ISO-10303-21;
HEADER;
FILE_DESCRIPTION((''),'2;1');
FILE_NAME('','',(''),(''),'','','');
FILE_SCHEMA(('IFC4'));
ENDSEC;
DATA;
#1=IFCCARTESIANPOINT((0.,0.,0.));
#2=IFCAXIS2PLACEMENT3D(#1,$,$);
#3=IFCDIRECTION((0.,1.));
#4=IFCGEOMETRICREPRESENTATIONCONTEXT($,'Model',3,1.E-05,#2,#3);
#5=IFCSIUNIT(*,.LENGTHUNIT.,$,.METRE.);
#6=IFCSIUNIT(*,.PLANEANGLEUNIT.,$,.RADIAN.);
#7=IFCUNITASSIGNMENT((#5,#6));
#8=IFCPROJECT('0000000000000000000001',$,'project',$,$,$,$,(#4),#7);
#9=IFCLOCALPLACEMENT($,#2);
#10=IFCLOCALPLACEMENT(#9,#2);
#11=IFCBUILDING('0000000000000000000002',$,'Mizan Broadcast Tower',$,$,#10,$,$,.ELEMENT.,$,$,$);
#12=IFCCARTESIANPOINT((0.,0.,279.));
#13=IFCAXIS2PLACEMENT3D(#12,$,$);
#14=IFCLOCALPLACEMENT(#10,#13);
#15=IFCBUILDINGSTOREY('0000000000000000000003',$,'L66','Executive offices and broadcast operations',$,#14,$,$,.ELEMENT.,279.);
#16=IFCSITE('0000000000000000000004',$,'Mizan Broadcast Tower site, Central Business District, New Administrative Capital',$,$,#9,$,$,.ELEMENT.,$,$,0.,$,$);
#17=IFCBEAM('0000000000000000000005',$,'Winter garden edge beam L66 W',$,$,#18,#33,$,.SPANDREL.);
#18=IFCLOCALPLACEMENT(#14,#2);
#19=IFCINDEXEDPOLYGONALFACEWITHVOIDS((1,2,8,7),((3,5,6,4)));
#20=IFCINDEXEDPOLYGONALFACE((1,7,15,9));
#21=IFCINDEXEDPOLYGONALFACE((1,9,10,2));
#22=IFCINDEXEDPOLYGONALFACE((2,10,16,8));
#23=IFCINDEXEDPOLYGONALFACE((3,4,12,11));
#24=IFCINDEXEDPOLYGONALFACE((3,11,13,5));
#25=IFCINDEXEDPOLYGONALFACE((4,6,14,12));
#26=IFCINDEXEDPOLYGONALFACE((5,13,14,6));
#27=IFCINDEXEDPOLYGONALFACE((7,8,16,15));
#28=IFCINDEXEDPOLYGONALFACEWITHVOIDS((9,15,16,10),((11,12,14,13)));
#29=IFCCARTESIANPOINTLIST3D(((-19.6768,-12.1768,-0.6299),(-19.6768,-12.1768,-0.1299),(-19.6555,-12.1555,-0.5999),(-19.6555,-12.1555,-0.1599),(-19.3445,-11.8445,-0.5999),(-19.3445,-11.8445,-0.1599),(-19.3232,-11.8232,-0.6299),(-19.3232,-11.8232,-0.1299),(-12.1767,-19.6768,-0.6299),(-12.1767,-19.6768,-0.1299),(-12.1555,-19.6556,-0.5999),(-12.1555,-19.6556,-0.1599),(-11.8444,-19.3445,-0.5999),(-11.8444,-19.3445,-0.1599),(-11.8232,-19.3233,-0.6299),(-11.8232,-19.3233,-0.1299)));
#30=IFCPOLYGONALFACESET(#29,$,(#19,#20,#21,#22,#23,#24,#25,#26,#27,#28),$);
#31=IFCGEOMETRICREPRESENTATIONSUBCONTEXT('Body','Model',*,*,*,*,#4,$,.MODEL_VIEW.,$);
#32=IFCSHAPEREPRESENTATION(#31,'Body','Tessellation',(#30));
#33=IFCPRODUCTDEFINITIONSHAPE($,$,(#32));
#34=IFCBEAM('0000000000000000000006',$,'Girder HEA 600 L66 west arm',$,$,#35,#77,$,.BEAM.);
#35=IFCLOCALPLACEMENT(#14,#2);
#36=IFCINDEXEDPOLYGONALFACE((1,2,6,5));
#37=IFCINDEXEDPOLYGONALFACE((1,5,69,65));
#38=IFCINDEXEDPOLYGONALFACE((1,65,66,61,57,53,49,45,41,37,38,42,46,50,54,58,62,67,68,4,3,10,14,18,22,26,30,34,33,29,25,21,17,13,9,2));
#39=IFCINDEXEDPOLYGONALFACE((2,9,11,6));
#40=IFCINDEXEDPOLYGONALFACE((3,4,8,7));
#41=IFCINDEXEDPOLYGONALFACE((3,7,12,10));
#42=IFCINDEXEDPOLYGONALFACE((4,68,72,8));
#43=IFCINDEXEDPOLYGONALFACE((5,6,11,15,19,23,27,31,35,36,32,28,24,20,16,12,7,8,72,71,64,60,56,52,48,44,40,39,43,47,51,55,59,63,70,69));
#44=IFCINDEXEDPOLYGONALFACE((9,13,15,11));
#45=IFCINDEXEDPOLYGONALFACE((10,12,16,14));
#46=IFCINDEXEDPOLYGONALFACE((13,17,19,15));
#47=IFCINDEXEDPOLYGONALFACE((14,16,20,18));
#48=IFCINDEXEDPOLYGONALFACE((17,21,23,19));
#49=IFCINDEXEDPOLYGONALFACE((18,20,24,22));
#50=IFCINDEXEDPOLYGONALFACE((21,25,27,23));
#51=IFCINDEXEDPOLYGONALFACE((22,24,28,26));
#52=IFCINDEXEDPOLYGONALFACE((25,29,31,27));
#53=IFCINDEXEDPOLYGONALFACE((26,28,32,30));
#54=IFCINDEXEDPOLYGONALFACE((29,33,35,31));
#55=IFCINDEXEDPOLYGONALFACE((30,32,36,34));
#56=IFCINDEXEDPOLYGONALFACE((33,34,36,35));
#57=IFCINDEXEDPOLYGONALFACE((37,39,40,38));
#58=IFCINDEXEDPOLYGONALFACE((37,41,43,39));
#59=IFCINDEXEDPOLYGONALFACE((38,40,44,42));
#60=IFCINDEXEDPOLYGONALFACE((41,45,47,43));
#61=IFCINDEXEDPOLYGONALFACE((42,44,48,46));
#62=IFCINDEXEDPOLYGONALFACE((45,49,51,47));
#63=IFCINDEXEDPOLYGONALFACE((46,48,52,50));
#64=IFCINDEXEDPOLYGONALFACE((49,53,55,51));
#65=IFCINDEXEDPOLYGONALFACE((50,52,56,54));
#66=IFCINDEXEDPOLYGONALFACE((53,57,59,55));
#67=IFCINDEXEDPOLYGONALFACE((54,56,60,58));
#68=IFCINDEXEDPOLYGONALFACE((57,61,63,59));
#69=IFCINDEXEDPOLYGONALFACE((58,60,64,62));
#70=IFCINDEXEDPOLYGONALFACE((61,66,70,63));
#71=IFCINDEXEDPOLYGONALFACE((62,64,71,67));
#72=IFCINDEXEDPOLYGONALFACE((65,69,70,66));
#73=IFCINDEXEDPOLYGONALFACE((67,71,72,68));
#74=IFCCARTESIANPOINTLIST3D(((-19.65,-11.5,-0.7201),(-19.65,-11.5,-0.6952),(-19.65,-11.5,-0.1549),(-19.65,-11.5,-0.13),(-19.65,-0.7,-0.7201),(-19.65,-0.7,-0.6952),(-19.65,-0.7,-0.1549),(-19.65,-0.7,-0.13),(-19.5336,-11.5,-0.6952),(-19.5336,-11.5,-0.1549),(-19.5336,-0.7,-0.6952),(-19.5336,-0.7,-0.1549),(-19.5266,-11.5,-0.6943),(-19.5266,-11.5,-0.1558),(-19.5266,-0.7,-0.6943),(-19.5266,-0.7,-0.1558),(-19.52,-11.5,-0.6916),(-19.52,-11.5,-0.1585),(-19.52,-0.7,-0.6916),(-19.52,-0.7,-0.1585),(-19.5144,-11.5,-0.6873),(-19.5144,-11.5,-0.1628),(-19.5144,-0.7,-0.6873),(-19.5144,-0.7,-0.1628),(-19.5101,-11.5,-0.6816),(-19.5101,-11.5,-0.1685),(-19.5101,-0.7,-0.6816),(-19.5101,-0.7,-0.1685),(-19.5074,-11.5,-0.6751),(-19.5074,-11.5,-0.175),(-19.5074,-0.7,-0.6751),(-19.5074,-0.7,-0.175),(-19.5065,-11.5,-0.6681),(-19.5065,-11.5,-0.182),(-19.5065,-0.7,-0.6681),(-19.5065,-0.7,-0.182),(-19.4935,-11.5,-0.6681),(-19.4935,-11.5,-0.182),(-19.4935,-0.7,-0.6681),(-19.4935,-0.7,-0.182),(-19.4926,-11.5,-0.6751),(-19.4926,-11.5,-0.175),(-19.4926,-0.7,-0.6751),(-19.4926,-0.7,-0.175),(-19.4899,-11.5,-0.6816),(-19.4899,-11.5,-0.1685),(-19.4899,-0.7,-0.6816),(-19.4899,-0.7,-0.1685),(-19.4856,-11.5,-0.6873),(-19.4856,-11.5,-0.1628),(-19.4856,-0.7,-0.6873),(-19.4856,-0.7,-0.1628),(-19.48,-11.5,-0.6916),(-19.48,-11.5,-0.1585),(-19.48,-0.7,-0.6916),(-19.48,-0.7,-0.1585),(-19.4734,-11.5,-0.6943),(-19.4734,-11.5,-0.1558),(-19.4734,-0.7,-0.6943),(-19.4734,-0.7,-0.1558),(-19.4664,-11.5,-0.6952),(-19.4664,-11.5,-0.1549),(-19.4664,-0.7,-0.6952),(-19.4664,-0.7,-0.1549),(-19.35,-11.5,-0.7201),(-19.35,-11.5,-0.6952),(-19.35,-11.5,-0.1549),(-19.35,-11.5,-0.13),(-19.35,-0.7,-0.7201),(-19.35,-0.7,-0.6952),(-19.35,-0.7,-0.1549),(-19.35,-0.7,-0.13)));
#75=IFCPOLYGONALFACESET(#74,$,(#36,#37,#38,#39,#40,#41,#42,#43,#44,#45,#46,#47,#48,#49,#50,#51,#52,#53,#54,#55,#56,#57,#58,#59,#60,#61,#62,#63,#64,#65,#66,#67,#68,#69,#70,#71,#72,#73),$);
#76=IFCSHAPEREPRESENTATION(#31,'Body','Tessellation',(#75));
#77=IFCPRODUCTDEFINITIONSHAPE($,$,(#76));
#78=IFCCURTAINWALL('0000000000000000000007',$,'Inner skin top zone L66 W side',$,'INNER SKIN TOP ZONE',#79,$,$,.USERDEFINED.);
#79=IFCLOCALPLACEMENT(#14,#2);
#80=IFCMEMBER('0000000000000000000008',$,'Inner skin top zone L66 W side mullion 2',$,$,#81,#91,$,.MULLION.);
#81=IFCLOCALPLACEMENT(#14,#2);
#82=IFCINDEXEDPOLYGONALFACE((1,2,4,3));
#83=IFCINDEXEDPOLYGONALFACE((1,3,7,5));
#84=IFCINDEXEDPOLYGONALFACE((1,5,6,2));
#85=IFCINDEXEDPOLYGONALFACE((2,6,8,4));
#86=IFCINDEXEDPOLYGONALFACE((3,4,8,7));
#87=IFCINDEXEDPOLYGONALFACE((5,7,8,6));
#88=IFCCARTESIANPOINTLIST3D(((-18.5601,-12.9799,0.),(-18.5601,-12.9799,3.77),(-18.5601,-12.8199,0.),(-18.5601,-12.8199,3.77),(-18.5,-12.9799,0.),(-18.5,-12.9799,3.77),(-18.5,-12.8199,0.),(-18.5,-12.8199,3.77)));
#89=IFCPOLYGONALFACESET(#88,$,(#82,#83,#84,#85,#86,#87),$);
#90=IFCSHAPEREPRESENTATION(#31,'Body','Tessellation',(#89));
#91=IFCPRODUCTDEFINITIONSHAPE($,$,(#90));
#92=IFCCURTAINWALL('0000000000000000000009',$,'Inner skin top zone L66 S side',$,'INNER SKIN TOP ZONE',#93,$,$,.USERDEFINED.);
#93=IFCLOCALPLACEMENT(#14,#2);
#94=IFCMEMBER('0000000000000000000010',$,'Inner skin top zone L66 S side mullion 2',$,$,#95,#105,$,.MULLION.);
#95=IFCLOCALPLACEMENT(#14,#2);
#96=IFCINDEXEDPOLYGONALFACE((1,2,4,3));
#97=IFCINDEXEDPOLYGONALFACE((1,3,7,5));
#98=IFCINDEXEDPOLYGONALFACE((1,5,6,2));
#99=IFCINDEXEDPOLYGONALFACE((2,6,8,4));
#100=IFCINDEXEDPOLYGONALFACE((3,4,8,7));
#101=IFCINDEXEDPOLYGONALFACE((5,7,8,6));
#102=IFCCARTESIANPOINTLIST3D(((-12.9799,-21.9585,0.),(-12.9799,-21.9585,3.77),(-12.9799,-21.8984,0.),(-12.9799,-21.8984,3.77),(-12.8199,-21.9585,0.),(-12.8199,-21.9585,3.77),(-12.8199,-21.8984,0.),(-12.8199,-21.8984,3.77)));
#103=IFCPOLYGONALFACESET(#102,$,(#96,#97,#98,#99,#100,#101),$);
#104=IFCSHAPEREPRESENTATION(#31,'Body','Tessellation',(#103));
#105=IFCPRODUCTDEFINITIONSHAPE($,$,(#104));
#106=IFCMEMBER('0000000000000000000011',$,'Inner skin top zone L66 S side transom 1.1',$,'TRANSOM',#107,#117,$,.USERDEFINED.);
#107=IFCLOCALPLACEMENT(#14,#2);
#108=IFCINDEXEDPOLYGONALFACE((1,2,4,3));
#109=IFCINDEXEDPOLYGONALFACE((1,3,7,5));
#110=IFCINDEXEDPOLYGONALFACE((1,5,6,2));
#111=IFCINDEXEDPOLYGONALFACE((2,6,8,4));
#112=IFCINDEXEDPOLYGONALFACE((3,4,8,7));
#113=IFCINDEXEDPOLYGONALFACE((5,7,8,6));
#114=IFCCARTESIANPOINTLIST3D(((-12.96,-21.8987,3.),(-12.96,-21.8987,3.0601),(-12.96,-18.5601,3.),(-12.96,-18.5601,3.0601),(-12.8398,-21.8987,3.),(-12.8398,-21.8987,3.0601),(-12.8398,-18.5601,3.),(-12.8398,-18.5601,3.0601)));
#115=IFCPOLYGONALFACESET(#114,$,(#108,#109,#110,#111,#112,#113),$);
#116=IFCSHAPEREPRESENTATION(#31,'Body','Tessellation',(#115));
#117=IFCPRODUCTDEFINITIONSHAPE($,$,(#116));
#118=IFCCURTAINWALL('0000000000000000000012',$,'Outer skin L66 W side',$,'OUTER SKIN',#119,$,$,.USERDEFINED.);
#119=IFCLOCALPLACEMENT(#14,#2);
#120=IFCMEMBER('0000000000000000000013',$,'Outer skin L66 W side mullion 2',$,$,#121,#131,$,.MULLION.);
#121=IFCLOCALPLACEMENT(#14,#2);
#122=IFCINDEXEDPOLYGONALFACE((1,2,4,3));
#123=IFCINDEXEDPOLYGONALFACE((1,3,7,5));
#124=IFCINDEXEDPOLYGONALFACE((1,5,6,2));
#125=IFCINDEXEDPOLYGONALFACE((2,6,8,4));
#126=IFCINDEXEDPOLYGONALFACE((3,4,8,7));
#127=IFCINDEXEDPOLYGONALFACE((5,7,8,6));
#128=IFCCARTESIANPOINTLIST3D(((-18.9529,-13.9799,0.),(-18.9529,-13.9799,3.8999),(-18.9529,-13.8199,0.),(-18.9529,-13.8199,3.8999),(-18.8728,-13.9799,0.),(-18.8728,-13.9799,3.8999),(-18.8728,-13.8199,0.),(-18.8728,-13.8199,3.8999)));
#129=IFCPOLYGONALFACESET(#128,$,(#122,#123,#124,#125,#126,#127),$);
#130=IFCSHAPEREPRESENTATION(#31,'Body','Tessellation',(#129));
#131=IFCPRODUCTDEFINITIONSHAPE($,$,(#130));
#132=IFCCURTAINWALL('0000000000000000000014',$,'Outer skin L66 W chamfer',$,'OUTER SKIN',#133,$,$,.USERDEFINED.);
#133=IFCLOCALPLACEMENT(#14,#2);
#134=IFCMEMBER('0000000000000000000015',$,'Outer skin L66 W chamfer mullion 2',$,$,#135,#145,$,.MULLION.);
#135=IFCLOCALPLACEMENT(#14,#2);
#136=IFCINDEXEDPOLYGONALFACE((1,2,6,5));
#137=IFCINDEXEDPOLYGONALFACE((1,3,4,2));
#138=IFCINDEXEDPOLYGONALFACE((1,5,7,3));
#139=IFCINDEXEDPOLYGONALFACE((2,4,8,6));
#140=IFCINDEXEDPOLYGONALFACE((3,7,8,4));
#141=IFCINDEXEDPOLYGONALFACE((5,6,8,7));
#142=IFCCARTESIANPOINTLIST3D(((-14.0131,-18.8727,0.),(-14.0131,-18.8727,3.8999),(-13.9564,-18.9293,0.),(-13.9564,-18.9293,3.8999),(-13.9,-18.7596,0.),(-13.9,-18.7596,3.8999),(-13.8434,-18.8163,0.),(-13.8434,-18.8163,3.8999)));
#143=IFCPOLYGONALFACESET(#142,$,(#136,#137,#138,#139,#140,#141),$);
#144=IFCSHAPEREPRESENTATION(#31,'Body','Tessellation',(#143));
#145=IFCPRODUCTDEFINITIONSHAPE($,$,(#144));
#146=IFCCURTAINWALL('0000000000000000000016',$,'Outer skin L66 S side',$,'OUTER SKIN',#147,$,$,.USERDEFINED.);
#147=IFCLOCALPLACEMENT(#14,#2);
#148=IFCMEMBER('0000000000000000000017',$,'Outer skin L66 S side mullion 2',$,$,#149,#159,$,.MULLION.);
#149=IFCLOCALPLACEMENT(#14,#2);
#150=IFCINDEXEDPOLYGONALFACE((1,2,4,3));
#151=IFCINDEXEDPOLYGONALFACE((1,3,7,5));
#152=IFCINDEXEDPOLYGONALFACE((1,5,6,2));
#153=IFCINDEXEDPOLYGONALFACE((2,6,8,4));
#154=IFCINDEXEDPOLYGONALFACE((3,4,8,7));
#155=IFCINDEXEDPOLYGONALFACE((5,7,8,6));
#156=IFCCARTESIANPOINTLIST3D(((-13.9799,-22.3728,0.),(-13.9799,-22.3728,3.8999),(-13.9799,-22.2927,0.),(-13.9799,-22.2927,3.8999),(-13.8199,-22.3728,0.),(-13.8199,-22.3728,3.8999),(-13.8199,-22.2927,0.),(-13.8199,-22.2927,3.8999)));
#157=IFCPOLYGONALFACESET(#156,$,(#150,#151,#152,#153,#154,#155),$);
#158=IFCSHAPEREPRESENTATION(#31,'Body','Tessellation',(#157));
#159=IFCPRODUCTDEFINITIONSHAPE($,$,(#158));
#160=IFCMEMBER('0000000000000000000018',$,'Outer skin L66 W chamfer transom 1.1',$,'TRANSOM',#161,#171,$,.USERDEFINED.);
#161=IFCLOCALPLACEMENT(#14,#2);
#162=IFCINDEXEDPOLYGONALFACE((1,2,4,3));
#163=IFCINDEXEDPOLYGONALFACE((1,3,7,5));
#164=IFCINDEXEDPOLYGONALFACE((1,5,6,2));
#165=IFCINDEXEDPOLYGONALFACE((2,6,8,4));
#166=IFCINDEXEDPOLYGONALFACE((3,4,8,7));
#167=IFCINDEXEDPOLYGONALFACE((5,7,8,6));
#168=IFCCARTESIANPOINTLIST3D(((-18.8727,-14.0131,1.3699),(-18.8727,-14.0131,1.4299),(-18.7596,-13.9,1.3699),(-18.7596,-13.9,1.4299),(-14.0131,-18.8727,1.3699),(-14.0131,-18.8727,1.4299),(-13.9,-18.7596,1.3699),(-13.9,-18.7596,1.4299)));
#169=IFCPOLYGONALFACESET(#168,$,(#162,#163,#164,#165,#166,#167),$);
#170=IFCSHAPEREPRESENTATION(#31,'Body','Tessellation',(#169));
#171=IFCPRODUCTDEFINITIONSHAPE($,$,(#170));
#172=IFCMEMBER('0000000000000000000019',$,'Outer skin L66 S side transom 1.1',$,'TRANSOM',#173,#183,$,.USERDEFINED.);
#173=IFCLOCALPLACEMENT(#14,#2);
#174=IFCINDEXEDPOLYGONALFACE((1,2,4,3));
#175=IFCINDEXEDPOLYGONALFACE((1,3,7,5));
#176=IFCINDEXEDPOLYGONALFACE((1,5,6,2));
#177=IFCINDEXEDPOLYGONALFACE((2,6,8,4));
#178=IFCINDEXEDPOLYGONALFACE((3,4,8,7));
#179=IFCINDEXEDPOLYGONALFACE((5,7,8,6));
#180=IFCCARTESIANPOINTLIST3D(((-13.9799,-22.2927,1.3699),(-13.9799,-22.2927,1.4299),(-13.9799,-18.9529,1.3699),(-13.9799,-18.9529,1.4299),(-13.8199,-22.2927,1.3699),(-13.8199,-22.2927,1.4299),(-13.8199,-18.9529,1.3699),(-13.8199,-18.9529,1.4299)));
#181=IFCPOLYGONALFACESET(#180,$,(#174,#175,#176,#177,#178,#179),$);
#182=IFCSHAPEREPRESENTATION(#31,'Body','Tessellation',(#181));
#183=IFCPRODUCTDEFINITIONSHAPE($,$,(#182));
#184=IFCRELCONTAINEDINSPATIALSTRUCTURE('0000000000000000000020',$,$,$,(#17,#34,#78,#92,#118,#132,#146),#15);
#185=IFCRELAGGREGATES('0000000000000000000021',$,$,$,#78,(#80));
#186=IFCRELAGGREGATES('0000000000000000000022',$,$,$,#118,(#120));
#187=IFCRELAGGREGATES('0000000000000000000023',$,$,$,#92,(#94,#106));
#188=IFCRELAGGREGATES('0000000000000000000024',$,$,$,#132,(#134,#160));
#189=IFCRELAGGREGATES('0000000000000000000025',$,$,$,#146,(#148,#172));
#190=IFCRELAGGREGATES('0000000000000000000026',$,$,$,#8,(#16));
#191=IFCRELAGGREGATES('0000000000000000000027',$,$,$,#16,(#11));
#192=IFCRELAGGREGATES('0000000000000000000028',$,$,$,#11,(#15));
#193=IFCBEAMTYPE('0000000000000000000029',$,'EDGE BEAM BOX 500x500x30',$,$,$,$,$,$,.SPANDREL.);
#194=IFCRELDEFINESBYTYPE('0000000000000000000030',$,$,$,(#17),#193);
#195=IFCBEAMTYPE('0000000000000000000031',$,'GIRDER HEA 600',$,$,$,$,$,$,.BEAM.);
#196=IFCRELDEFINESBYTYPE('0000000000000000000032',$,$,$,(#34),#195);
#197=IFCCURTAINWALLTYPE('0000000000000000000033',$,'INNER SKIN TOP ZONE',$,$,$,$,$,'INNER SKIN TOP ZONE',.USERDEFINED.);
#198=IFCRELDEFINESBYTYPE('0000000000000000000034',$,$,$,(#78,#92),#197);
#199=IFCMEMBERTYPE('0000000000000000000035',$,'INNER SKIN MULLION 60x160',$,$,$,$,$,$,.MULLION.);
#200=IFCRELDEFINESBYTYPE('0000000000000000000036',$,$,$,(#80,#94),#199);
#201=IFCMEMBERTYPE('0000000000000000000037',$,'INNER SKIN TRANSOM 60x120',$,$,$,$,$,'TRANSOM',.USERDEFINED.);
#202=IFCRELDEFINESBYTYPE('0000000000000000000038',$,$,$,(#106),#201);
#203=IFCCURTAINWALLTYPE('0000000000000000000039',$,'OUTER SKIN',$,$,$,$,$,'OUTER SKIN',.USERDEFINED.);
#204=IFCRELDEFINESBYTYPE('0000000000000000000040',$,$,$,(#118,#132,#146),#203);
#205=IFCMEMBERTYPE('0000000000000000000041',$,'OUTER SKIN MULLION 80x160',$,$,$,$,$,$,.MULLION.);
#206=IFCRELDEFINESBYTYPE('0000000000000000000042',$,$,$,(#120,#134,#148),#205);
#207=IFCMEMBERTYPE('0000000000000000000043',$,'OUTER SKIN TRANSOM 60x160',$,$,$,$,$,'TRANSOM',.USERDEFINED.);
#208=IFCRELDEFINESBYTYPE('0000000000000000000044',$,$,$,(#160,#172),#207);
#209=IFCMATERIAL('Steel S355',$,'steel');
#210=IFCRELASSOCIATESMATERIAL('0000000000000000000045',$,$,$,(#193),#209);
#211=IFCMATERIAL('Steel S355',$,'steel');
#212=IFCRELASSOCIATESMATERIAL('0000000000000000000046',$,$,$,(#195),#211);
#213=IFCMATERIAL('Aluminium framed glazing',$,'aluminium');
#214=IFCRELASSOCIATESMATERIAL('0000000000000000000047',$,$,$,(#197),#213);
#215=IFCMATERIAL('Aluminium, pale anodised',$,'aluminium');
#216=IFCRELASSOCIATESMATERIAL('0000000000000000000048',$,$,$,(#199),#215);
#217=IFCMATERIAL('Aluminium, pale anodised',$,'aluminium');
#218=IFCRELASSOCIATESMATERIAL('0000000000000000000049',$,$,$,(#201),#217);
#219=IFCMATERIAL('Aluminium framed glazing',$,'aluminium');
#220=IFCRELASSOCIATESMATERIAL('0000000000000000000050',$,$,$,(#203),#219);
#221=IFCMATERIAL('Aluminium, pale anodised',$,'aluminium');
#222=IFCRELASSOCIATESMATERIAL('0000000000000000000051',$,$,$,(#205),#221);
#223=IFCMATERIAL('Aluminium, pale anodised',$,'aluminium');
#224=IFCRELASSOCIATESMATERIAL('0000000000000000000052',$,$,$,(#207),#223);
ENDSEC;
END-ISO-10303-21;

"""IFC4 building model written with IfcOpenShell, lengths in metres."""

from ifc_helpers import new_model, si_unit, direction, frame, origin, origin_2d, place, context, subcontext, project, spatial, rectangle, hollow_rectangle, i_section, extrude, material, material_profile, profile_set, type_object, element, aggregate, save


model = new_model("IFC4")

# Units and contexts
model_context = context("Model", 3, precision=1e-05, world=origin(), true_north=direction((0.0, 1.0)))
body_context = subcontext(model_context, "Body", "Model", "MODEL_VIEW")
ifc_project = project(units=[si_unit("LENGTHUNIT", "METRE"), si_unit("PLANEANGLEUNIT", "RADIAN")], contexts=[model_context])

# Site, building, storey
site_placement = place(None, origin())
site = spatial("IfcSite", under=ifc_project, at=site_placement, Name="Mizan Broadcast Tower site, Central Business District, New Administrative Capital", CompositionType="ELEMENT", RefElevation=0.0)
building_placement = place(site_placement, origin())
building = spatial("IfcBuilding", under=site, at=building_placement, Name="Mizan Broadcast Tower", CompositionType="ELEMENT")
storey_placement = place(building_placement, frame((0.0, 0.0, 279.0)))
storey = spatial("IfcBuildingStorey", under=building, at=storey_placement, Name="L66", Description="Executive offices and broadcast operations", CompositionType="ELEMENT", Elevation=279.0)

# Beams
ifc_material_1 = material(Name="Steel S355", Category="steel")
ifc_material_profile_1 = material_profile(ifc_material_1, hollow_rectangle(XDim=0.5, YDim=0.5, WallThickness=0.03, at=origin_2d()), Name="BOX 500x500x30")
ifc_profile_set_1 = profile_set([ifc_material_profile_1], Name="Steel S355")
beam_type_1 = type_object("IfcBeamType", Name="EDGE BEAM BOX 500x500x30", PredefinedType="SPANDREL", material=ifc_profile_set_1)
beam_1_placement = place(storey_placement, frame((-19.5, -12.0, -0.3799), z_axis=(0.707107, -0.707107, 0.0), x_axis=(0.707107, 0.707107, 0.0)))
element("IfcBeam", 1, at=beam_1_placement, inside=storey, type_object=beam_type_1, Name="Winter garden edge beam L66 W", PredefinedType="SPANDREL", context=body_context, shape_type="SweptSolid", body=[
    extrude(hollow_rectangle(XDim=0.5, YDim=0.5, WallThickness=0.03, at=origin_2d()), origin(), (0.0, 0.0, 1.0), 10.6067),
])
ifc_material_2 = material(Name="Steel S355", Category="steel")
ifc_material_profile_2 = material_profile(ifc_material_2, i_section(OverallWidth=0.3, OverallDepth=0.5901, WebThickness=0.0129, FlangeThickness=0.0249, FilletRadius=0.0271, at=origin_2d()), Name="HEA 600")
ifc_profile_set_2 = profile_set([ifc_material_profile_2], Name="Steel S355")
beam_type_2 = type_object("IfcBeamType", Name="GIRDER HEA 600", PredefinedType="BEAM", material=ifc_profile_set_2)
beam_2_placement = place(storey_placement, frame((-19.5, -11.5, -0.425), z_axis=(0.0, 1.0, 0.0), x_axis=(-1.0, 0.0, 0.0)))
element("IfcBeam", 2, at=beam_2_placement, inside=storey, type_object=beam_type_2, Name="Girder HEA 600 L66 west arm", PredefinedType="BEAM", context=body_context, shape_type="SweptSolid", body=[
    extrude(i_section(OverallWidth=0.3, OverallDepth=0.5901, WebThickness=0.0129, FlangeThickness=0.0249, FilletRadius=0.0271, at=origin_2d()), origin(), (0.0, 0.0, 1.0), 10.8),
])

# Curtain wall, member
ifc_material_3 = material(Name="Aluminium framed glazing", Category="aluminium")
curtain_wall_type_1 = type_object("IfcCurtainWallType", Name="INNER SKIN TOP ZONE", ElementType="INNER SKIN TOP ZONE", PredefinedType="USERDEFINED", material=ifc_material_3)
curtain_wall_1_placement = place(storey_placement, origin())
curtain_wall_1 = element("IfcCurtainWall", 3, at=curtain_wall_1_placement, inside=storey, type_object=curtain_wall_type_1, Name="Inner skin top zone L66 W side", ObjectType="INNER SKIN TOP ZONE", PredefinedType="USERDEFINED")
ifc_material_4 = material(Name="Aluminium, pale anodised", Category="aluminium")
ifc_material_profile_3 = material_profile(ifc_material_4, rectangle(XDim=0.1599, YDim=0.0601, at=origin_2d()), Name="MULLION 160x60")
ifc_profile_set_3 = profile_set([ifc_material_profile_3], Name="Aluminium, pale anodised")
member_type_1 = type_object("IfcMemberType", Name="INNER SKIN MULLION 60x160", PredefinedType="MULLION", material=ifc_profile_set_3)
member_1_placement = place(storey_placement, frame((-18.53, -12.8999, 0.0), z_axis=(0.0, 0.0, 1.0), x_axis=(0.0, 1.0, 0.0)))
member_1 = element("IfcMember", 4, at=member_1_placement, type_object=member_type_1, Name="Inner skin top zone L66 W side mullion 2", PredefinedType="MULLION", context=body_context, shape_type="SweptSolid", body=[
    extrude(rectangle(XDim=0.1599, YDim=0.0601, at=origin_2d()), origin(), (0.0, 0.0, 1.0), 3.77),
])
aggregate(curtain_wall_1, [member_1])

# Curtain wall, members
curtain_wall_2_placement = place(storey_placement, origin())
curtain_wall_2 = element("IfcCurtainWall", 5, at=curtain_wall_2_placement, inside=storey, type_object=curtain_wall_type_1, Name="Inner skin top zone L66 S side", ObjectType="INNER SKIN TOP ZONE", PredefinedType="USERDEFINED")
member_2_placement = place(storey_placement, frame((-12.8999, -21.9285, 0.0), z_axis=(0.0, 0.0, 1.0), x_axis=(1.0, 0.0, 0.0)))
member_2 = element("IfcMember", 6, at=member_2_placement, type_object=member_type_1, Name="Inner skin top zone L66 S side mullion 2", PredefinedType="MULLION", context=body_context, shape_type="SweptSolid", body=[
    extrude(rectangle(XDim=0.1599, YDim=0.0601, at=origin_2d()), origin(), (0.0, 0.0, 1.0), 3.77),
])
ifc_material_5 = material(Name="Aluminium, pale anodised", Category="aluminium")
ifc_material_profile_4 = material_profile(ifc_material_5, rectangle(XDim=0.1201, YDim=0.0601, at=origin_2d()), Name="TRANSOM 120x60")
ifc_profile_set_4 = profile_set([ifc_material_profile_4], Name="Aluminium, pale anodised")
member_type_2 = type_object("IfcMemberType", Name="INNER SKIN TRANSOM 60x120", ElementType="TRANSOM", PredefinedType="USERDEFINED", material=ifc_profile_set_4)
member_3_placement = place(storey_placement, frame((-12.8999, -18.5601, 3.03), z_axis=(0.0, -1.0, 0.0), x_axis=(1.0, 0.0, 0.0)))
member_3 = element("IfcMember", 7, at=member_3_placement, type_object=member_type_2, Name="Inner skin top zone L66 S side transom 1.1", ObjectType="TRANSOM", PredefinedType="USERDEFINED", context=body_context, shape_type="SweptSolid", body=[
    extrude(rectangle(XDim=0.1201, YDim=0.0601, at=origin_2d()), origin(), (0.0, 0.0, 1.0), 3.3386),
])

# Curtain walls, members
ifc_material_6 = material(Name="Aluminium framed glazing", Category="aluminium")
curtain_wall_type_2 = type_object("IfcCurtainWallType", Name="OUTER SKIN", ElementType="OUTER SKIN", PredefinedType="USERDEFINED", material=ifc_material_6)
curtain_wall_3_placement = place(storey_placement, origin())
curtain_wall_3 = element("IfcCurtainWall", 8, at=curtain_wall_3_placement, inside=storey, type_object=curtain_wall_type_2, Name="Outer skin L66 W side", ObjectType="OUTER SKIN", PredefinedType="USERDEFINED")
ifc_material_7 = material(Name="Aluminium, pale anodised", Category="aluminium")
ifc_material_profile_5 = material_profile(ifc_material_7, rectangle(XDim=0.1599, YDim=0.0801, at=origin_2d()), Name="MULLION 160x80")
ifc_profile_set_5 = profile_set([ifc_material_profile_5], Name="Aluminium, pale anodised")
member_type_3 = type_object("IfcMemberType", Name="OUTER SKIN MULLION 80x160", PredefinedType="MULLION", material=ifc_profile_set_5)
member_4_placement = place(storey_placement, frame((-18.9128, -13.8999, 0.0), z_axis=(0.0, 0.0, 1.0), x_axis=(0.0, 1.0, 0.0)))
member_4 = element("IfcMember", 9, at=member_4_placement, type_object=member_type_3, Name="Outer skin L66 W side mullion 2", PredefinedType="MULLION", context=body_context, shape_type="SweptSolid", body=[
    extrude(rectangle(XDim=0.1599, YDim=0.0801, at=origin_2d()), origin(), (0.0, 0.0, 1.0), 3.8999),
])
aggregate(curtain_wall_3, [member_4])
curtain_wall_4_placement = place(storey_placement, origin())
curtain_wall_4 = element("IfcCurtainWall", 10, at=curtain_wall_4_placement, inside=storey, type_object=curtain_wall_type_2, Name="Outer skin L66 W chamfer", ObjectType="OUTER SKIN", PredefinedType="USERDEFINED")
member_5_placement = place(storey_placement, frame((-13.9282, -18.8445, 0.0), z_axis=(0.0, 0.0, 1.0), x_axis=(0.707107, 0.707107, 0.0)))
member_5 = element("IfcMember", 11, at=member_5_placement, type_object=member_type_3, Name="Outer skin L66 W chamfer mullion 2", PredefinedType="MULLION", context=body_context, shape_type="SweptSolid", body=[
    extrude(rectangle(XDim=0.1599, YDim=0.0801, at=origin_2d()), origin(), (0.0, 0.0, 1.0), 3.8999),
])
curtain_wall_5_placement = place(storey_placement, origin())
curtain_wall_5 = element("IfcCurtainWall", 12, at=curtain_wall_5_placement, inside=storey, type_object=curtain_wall_type_2, Name="Outer skin L66 S side", ObjectType="OUTER SKIN", PredefinedType="USERDEFINED")
member_6_placement = place(storey_placement, frame((-13.8999, -22.3328, 0.0), z_axis=(0.0, 0.0, 1.0), x_axis=(1.0, 0.0, 0.0)))
member_6 = element("IfcMember", 13, at=member_6_placement, type_object=member_type_3, Name="Outer skin L66 S side mullion 2", PredefinedType="MULLION", context=body_context, shape_type="SweptSolid", body=[
    extrude(rectangle(XDim=0.1599, YDim=0.0801, at=origin_2d()), origin(), (0.0, 0.0, 1.0), 3.8999),
])

# Members
ifc_material_8 = material(Name="Aluminium, pale anodised", Category="aluminium")
ifc_material_profile_6 = material_profile(ifc_material_8, rectangle(XDim=0.1599, YDim=0.0601, at=origin_2d()), Name="TRANSOM 160x60")
ifc_profile_set_6 = profile_set([ifc_material_profile_6], Name="Aluminium, pale anodised")
member_type_4 = type_object("IfcMemberType", Name="OUTER SKIN TRANSOM 60x160", ElementType="TRANSOM", PredefinedType="USERDEFINED", material=ifc_profile_set_6)
member_7_placement = place(storey_placement, frame((-18.8162, -13.9565, 1.3999), z_axis=(0.707107, -0.707107, 0.0), x_axis=(0.707107, 0.707107, 0.0)))
member_7 = element("IfcMember", 14, at=member_7_placement, type_object=member_type_4, Name="Outer skin L66 W chamfer transom 1.1", ObjectType="TRANSOM", PredefinedType="USERDEFINED", context=body_context, shape_type="SweptSolid", body=[
    extrude(rectangle(XDim=0.1599, YDim=0.0601, at=origin_2d()), origin(), (0.0, 0.0, 1.0), 6.8726),
])
member_8_placement = place(storey_placement, frame((-13.8999, -18.9529, 1.3999), z_axis=(0.0, -1.0, 0.0), x_axis=(1.0, 0.0, 0.0)))
member_8 = element("IfcMember", 15, at=member_8_placement, type_object=member_type_4, Name="Outer skin L66 S side transom 1.1", ObjectType="TRANSOM", PredefinedType="USERDEFINED", context=body_context, shape_type="SweptSolid", body=[
    extrude(rectangle(XDim=0.1599, YDim=0.0601, at=origin_2d()), origin(), (0.0, 0.0, 1.0), 3.3398),
])

aggregate(curtain_wall_2, [member_2, member_3])
aggregate(curtain_wall_4, [member_5, member_7])
aggregate(curtain_wall_5, [member_6, member_8])

save(model, "model.ifc")
